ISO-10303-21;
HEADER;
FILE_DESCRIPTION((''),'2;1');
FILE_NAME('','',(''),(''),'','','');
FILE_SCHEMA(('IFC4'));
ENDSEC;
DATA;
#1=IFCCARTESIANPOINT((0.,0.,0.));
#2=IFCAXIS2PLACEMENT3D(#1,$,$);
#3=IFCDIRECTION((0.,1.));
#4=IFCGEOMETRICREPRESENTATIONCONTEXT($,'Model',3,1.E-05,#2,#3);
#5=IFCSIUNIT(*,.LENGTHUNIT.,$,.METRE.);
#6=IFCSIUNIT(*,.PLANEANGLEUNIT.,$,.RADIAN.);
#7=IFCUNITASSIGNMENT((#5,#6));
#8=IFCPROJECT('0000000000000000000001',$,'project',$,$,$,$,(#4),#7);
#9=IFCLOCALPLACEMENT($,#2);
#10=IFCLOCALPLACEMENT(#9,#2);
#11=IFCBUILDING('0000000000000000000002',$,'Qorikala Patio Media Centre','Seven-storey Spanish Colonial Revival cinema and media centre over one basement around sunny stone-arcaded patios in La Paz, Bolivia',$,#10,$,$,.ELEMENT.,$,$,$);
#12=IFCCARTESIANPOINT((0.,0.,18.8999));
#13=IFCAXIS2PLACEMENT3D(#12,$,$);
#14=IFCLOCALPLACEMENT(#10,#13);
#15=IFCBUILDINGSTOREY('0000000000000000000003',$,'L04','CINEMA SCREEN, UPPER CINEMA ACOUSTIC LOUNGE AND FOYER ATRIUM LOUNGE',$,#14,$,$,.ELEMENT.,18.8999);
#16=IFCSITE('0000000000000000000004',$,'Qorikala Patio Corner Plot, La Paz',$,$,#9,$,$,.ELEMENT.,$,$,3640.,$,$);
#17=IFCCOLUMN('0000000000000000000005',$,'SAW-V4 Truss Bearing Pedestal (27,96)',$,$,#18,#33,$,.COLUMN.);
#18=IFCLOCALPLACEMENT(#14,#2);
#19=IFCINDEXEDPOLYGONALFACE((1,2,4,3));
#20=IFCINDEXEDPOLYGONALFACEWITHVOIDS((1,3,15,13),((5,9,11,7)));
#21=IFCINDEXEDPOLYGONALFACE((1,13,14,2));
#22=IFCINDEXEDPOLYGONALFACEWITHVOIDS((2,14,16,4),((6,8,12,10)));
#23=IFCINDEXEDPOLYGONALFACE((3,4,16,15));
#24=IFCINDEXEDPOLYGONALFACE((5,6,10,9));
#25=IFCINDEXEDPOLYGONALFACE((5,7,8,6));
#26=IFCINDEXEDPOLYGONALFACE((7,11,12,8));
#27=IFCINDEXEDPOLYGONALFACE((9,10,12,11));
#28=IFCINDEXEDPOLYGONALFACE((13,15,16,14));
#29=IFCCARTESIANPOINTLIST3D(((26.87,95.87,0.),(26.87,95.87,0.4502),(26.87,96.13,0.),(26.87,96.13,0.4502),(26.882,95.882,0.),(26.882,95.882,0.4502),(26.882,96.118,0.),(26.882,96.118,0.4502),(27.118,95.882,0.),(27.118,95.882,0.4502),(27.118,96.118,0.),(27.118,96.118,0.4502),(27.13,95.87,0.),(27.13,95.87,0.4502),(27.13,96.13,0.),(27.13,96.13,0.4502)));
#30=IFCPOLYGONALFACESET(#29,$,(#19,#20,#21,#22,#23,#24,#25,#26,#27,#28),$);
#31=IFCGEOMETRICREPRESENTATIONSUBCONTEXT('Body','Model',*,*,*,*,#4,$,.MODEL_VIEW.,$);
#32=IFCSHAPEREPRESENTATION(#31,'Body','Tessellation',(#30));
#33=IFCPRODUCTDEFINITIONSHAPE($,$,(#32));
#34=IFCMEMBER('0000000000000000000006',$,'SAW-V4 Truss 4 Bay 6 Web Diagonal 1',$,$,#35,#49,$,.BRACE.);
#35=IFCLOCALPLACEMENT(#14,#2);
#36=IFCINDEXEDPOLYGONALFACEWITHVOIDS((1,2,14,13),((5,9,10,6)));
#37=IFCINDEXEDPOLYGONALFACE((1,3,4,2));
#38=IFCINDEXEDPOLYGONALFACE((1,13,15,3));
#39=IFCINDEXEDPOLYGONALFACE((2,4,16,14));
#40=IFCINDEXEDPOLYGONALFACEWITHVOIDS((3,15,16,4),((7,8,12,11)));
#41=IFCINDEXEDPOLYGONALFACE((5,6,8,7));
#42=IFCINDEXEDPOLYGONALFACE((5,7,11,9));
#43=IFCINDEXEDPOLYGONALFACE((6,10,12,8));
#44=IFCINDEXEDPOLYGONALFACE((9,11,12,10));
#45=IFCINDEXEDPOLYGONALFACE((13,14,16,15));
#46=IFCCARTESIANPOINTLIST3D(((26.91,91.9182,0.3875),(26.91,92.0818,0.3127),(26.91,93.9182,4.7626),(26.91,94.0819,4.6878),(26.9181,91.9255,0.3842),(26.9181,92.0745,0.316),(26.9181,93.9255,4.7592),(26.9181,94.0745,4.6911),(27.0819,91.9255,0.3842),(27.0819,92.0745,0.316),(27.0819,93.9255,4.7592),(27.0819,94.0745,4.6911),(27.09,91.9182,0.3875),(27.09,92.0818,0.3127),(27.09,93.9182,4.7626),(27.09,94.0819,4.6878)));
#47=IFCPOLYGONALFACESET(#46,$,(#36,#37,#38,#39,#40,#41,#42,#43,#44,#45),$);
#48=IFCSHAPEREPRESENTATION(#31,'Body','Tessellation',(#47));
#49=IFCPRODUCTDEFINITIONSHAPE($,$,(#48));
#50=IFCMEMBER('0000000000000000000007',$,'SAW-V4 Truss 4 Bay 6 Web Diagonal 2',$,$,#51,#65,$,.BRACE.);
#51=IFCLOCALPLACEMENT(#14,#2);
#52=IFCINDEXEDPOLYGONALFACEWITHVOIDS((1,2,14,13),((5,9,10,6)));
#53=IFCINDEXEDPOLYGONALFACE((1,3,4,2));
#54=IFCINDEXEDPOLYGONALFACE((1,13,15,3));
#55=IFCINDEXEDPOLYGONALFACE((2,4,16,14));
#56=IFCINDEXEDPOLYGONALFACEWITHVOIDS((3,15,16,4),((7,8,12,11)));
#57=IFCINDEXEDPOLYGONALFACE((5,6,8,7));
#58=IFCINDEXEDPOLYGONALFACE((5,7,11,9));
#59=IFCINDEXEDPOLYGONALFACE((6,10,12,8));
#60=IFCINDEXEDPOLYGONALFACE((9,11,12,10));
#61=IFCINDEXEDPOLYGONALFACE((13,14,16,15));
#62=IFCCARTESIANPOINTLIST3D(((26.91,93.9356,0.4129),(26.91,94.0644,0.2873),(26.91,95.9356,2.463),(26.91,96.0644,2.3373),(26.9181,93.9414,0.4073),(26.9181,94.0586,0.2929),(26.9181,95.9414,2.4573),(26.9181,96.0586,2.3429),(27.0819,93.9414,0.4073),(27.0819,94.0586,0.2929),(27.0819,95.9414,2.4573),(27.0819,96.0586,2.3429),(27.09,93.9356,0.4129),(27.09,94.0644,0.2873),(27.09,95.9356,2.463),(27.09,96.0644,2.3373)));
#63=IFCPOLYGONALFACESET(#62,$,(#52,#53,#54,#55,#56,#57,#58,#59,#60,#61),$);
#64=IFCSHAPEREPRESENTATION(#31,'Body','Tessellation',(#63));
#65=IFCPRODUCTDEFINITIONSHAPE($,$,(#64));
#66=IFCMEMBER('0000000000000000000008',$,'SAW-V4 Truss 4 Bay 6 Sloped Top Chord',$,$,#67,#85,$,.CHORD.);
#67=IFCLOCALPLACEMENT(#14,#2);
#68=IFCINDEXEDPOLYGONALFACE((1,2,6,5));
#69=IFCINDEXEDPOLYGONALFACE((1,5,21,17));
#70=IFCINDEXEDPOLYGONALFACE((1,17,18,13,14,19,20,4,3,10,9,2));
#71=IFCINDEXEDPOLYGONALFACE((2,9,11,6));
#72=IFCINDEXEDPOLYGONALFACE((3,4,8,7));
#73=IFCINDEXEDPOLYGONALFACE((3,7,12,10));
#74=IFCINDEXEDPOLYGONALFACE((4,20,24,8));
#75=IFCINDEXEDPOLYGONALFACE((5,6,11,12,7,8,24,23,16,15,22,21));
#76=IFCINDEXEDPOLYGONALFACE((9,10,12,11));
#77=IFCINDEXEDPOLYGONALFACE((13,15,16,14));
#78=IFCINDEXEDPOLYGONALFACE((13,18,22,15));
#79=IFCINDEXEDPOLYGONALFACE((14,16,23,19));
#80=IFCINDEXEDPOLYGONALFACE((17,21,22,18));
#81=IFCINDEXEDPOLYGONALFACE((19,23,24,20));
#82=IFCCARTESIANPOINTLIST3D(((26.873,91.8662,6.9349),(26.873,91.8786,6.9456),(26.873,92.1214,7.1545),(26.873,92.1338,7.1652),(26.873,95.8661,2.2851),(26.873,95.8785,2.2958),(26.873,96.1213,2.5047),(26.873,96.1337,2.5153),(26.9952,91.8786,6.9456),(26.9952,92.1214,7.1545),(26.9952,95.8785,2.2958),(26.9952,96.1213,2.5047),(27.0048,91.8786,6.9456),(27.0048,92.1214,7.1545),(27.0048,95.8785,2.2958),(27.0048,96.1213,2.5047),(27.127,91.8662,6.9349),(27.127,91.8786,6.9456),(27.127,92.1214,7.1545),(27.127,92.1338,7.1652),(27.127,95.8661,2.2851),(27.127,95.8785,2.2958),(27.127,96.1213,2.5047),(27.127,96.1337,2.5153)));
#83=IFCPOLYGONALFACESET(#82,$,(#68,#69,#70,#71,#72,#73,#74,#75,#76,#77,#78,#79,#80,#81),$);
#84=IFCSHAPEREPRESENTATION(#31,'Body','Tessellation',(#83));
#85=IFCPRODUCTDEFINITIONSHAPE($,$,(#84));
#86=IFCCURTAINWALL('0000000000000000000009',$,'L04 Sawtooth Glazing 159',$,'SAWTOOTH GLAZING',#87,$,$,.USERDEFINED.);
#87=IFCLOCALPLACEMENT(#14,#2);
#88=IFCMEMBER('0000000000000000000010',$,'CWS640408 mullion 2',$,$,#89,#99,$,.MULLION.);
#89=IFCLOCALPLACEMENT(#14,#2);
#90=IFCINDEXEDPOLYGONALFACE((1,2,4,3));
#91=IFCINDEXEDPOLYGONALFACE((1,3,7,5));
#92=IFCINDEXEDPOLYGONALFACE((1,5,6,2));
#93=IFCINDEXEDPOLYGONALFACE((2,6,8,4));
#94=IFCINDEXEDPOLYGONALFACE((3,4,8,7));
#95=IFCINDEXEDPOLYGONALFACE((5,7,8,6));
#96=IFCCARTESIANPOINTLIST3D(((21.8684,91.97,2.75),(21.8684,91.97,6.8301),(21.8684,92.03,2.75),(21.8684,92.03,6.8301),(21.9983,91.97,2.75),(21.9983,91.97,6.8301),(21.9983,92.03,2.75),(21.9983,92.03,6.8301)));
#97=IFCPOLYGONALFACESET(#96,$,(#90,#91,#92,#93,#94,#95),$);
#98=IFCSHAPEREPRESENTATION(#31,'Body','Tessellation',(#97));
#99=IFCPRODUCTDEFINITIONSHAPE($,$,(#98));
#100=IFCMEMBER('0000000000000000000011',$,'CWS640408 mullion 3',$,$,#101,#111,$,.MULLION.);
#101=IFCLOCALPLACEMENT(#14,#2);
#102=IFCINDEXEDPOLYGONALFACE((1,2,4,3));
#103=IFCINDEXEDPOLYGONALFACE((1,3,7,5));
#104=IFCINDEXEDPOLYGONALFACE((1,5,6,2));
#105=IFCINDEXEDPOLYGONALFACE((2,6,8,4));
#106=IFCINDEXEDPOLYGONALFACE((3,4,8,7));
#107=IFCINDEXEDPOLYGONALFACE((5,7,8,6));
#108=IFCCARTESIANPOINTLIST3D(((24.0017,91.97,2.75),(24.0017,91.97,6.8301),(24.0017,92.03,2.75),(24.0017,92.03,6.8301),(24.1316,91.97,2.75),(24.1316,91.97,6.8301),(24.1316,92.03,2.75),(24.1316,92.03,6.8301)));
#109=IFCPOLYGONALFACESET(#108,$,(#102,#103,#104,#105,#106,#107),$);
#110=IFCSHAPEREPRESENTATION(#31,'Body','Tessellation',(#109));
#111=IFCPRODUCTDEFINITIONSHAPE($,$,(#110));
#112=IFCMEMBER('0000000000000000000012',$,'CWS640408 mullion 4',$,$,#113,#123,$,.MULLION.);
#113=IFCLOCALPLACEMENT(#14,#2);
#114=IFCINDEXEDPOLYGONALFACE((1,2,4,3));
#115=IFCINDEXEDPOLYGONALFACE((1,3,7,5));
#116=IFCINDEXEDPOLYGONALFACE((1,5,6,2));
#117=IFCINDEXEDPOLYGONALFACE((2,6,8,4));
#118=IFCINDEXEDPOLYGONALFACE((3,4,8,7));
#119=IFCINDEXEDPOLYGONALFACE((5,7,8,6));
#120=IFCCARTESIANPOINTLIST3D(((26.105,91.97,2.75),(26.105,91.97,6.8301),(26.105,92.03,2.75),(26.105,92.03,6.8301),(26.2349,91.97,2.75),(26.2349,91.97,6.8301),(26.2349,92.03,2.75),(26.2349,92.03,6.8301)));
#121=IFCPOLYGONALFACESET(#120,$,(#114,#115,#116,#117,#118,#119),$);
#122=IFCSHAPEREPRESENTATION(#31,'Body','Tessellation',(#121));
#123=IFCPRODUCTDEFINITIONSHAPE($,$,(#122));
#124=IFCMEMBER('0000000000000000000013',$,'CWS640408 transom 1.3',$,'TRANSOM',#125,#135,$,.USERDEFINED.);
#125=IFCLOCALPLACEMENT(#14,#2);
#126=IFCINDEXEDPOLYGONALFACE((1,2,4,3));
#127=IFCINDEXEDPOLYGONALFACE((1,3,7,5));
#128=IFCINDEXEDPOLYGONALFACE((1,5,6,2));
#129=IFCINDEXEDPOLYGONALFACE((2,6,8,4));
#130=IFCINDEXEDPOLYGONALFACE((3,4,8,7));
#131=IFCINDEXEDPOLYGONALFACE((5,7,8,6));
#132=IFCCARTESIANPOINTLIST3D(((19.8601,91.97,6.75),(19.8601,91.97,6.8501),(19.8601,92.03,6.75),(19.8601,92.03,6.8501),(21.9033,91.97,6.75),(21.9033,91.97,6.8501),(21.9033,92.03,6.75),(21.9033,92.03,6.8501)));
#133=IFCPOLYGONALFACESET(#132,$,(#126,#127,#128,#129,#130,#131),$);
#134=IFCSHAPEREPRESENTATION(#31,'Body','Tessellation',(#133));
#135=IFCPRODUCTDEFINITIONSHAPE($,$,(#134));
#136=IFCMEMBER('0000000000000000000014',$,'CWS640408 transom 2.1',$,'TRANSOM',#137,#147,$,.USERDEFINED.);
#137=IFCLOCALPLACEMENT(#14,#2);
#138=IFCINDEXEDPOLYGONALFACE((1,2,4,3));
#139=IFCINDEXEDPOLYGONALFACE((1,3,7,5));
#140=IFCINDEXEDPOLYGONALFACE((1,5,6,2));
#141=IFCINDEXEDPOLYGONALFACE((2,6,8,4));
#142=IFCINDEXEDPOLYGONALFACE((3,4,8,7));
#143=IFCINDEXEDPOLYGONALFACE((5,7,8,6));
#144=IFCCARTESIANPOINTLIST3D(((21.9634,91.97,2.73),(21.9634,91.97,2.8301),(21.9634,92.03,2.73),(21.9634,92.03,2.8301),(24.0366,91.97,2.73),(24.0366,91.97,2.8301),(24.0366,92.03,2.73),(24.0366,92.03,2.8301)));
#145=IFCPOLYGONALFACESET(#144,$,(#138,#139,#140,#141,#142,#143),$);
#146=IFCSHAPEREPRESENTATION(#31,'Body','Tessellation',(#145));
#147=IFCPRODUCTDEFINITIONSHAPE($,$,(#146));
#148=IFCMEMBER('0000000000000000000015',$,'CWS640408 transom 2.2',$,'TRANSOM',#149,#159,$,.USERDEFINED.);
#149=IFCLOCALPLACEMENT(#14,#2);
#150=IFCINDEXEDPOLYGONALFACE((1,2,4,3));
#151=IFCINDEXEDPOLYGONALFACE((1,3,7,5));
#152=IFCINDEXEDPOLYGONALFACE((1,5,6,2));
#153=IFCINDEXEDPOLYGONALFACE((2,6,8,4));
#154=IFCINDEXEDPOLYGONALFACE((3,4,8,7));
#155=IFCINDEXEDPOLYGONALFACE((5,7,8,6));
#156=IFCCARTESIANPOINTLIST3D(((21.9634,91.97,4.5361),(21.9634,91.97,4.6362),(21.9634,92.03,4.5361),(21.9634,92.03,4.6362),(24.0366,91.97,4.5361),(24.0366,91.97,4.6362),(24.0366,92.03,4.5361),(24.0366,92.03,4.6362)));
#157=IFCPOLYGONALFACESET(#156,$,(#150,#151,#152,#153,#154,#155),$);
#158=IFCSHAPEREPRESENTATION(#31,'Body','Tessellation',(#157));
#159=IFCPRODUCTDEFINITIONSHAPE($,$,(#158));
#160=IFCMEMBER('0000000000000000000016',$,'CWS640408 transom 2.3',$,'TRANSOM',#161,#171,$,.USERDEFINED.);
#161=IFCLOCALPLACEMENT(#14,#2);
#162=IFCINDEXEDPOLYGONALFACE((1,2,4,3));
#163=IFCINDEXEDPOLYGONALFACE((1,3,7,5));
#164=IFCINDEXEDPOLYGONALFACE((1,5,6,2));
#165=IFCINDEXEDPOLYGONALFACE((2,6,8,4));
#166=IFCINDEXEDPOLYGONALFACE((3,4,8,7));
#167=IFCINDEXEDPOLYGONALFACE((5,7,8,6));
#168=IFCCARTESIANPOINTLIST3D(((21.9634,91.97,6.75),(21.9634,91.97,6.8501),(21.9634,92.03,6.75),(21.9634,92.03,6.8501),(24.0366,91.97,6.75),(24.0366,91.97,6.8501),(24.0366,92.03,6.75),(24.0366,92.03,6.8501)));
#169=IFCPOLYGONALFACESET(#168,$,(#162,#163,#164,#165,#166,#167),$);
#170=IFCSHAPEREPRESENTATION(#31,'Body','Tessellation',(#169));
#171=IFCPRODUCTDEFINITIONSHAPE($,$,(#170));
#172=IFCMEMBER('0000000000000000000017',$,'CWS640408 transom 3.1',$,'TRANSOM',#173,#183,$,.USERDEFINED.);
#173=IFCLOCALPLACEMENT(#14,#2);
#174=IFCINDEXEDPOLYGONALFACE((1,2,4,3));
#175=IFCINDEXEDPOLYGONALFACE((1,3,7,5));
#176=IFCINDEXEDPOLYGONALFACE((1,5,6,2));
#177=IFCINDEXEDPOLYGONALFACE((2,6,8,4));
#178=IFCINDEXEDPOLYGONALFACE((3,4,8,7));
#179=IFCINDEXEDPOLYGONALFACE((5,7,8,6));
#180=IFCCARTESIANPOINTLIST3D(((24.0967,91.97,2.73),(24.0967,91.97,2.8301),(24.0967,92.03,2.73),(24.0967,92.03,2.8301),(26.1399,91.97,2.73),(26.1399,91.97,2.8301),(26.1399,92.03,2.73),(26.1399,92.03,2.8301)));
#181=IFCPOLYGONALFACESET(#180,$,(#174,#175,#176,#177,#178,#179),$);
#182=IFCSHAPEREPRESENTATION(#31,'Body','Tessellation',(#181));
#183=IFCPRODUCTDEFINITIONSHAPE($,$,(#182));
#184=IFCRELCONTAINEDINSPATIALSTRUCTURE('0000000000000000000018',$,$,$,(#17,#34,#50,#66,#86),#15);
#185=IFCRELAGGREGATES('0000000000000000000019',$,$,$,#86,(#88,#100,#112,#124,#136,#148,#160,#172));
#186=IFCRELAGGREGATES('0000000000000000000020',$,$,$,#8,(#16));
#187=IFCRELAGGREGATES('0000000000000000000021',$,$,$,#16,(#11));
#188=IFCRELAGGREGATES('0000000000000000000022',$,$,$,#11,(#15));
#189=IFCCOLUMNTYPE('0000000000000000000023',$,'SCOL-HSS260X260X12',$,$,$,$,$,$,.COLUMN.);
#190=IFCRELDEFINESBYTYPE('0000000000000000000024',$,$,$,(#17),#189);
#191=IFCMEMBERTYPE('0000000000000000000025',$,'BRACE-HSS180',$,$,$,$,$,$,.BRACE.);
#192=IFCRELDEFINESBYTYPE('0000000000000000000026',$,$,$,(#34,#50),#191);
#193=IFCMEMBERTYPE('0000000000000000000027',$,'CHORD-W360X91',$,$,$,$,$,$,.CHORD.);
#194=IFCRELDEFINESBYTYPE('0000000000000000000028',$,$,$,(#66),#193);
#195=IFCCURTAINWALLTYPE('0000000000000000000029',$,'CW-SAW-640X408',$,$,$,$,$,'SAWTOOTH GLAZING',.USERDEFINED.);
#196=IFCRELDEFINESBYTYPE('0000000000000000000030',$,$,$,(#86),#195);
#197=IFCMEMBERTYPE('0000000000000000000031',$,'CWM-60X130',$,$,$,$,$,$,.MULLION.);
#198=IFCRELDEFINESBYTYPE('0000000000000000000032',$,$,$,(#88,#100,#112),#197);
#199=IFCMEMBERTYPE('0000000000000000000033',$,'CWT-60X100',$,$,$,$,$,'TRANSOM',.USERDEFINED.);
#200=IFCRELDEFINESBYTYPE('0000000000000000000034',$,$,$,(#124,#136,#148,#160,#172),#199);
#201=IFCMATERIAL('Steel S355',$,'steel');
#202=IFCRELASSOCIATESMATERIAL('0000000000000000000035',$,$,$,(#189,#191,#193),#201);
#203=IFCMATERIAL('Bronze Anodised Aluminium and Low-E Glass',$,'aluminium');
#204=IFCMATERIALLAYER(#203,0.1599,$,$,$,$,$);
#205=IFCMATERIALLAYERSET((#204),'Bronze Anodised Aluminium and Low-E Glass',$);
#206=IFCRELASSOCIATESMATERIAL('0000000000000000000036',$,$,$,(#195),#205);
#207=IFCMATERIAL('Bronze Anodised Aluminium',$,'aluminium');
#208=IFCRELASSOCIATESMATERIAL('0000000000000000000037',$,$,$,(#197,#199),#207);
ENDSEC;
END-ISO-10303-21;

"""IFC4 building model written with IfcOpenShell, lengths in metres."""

from ifc_helpers import new_model, si_unit, direction, frame, origin, origin_2d, place, context, subcontext, project, spatial, rectangle, hollow_rectangle, i_section, extrude, material, layer, layer_set, material_profile, profile_set, type_object, element, aggregate, save


model = new_model("IFC4")

# Units and contexts
model_context = context("Model", 3, precision=1e-05, world=origin(), true_north=direction((0.0, 1.0)))
body_context = subcontext(model_context, "Body", "Model", "MODEL_VIEW")
ifc_project = project(units=[si_unit("LENGTHUNIT", "METRE"), si_unit("PLANEANGLEUNIT", "RADIAN")], contexts=[model_context])

# Site, building, storey
site_placement = place(None, origin())
site = spatial("IfcSite", under=ifc_project, at=site_placement, Name="Qorikala Patio Corner Plot, La Paz", CompositionType="ELEMENT", RefElevation=3640.0)
building_placement = place(site_placement, origin())
building = spatial("IfcBuilding", under=site, at=building_placement, Name="Qorikala Patio Media Centre", Description="Seven-storey Spanish Colonial Revival cinema and media centre over one basement around sunny stone-arcaded patios in La Paz, Bolivia", CompositionType="ELEMENT")
storey_placement = place(building_placement, frame((0.0, 0.0, 18.8999)))
storey = spatial("IfcBuildingStorey", under=building, at=storey_placement, Name="L04", Description="CINEMA SCREEN, UPPER CINEMA ACOUSTIC LOUNGE AND FOYER ATRIUM LOUNGE", CompositionType="ELEMENT", Elevation=18.8999)

# Column
ifc_material_1 = material(Name="Steel S355", Category="steel")
ifc_material_profile_1 = material_profile(ifc_material_1, hollow_rectangle(XDim=0.26, YDim=0.26, WallThickness=0.012, at=origin_2d()), Name="HSS260X260X12")
ifc_profile_set_1 = profile_set([ifc_material_profile_1], Name="Steel S355")
column_type = type_object("IfcColumnType", Name="SCOL-HSS260X260X12", PredefinedType="COLUMN", material=ifc_profile_set_1)
column_placement = place(storey_placement, frame((27.0, 96.0, 0.0), z_axis=(0.0, 0.0, 1.0), x_axis=(1.0, 0.0, 0.0)))
element("IfcColumn", 1, at=column_placement, inside=storey, type_object=column_type, Name="SAW-V4 Truss Bearing Pedestal (27,96)", PredefinedType="COLUMN", context=body_context, shape_type="SweptSolid", body=[
    extrude(hollow_rectangle(XDim=0.26, YDim=0.26, WallThickness=0.012, at=origin_2d()), origin(), (0.0, 0.0, 1.0), 0.4502),
])

# Members
ifc_material_profile_2 = material_profile(ifc_material_1, hollow_rectangle(XDim=0.1799, YDim=0.1799, WallThickness=0.0081, at=origin_2d()), Name="HSS180X180X8")
ifc_profile_set_2 = profile_set([ifc_material_profile_2], Name="Steel S355")
member_type_1 = type_object("IfcMemberType", Name="BRACE-HSS180", PredefinedType="BRACE", material=ifc_profile_set_2)
member_1_placement = place(storey_placement, frame((27.0, 92.0, 0.3501), z_axis=(0.0, 0.41576, 0.909474), x_axis=(-1.0, 0.0, 0.0)))
element("IfcMember", 2, at=member_1_placement, inside=storey, type_object=member_type_1, Name="SAW-V4 Truss 4 Bay 6 Web Diagonal 1", PredefinedType="BRACE", context=body_context, shape_type="SweptSolid", body=[
    extrude(hollow_rectangle(XDim=0.1799, YDim=0.1799, WallThickness=0.0081, at=origin_2d()), origin(), (0.0, 0.0, 1.0), 4.8105),
])
member_2_placement = place(storey_placement, frame((27.0, 94.0, 0.3501), z_axis=(0.0, 0.698315, 0.71579), x_axis=(-1.0, 0.0, 0.0)))
element("IfcMember", 3, at=member_2_placement, inside=storey, type_object=member_type_1, Name="SAW-V4 Truss 4 Bay 6 Web Diagonal 2", PredefinedType="BRACE", context=body_context, shape_type="SweptSolid", body=[
    extrude(hollow_rectangle(XDim=0.1799, YDim=0.1799, WallThickness=0.0081, at=origin_2d()), origin(), (0.0, 0.0, 1.0), 2.864),
])
ifc_material_profile_3 = material_profile(ifc_material_1, i_section(OverallWidth=0.2539, OverallDepth=0.353, WebThickness=0.0095, FlangeThickness=0.0164, at=origin_2d()), Name="W360X91")
ifc_profile_set_3 = profile_set([ifc_material_profile_3], Name="Steel S355")
member_type_2 = type_object("IfcMemberType", Name="CHORD-W360X91", PredefinedType="CHORD", material=ifc_profile_set_3)
member_3_placement = place(storey_placement, frame((27.0, 92.0, 7.05), z_axis=(0.0, 0.652141, -0.758098), x_axis=(-1.0, 0.0, 0.0)))
element("IfcMember", 4, at=member_3_placement, inside=storey, type_object=member_type_2, Name="SAW-V4 Truss 4 Bay 6 Sloped Top Chord", PredefinedType="CHORD", context=body_context, shape_type="SweptSolid", body=[
    extrude(i_section(OverallWidth=0.2539, OverallDepth=0.353, WebThickness=0.0095, FlangeThickness=0.0164, at=origin_2d()), origin(), (0.0, 0.0, 1.0), 6.1335),
])

# Curtain wall, members
ifc_material_2 = material(Name="Bronze Anodised Aluminium and Low-E Glass", Category="aluminium")
ifc_layer_1 = layer(ifc_material_2, 0.1599)
ifc_layer_set_1 = layer_set([ifc_layer_1], Name="Bronze Anodised Aluminium and Low-E Glass")
curtain_wall_type = type_object("IfcCurtainWallType", Name="CW-SAW-640X408", ElementType="SAWTOOTH GLAZING", PredefinedType="USERDEFINED", material=ifc_layer_set_1)
curtain_wall_placement = place(storey_placement, origin())
curtain_wall = element("IfcCurtainWall", 5, at=curtain_wall_placement, inside=storey, type_object=curtain_wall_type, Name="L04 Sawtooth Glazing 159", ObjectType="SAWTOOTH GLAZING", PredefinedType="USERDEFINED")
ifc_material_3 = material(Name="Bronze Anodised Aluminium", Category="aluminium")
ifc_material_profile_4 = material_profile(ifc_material_3, rectangle(XDim=0.0601, YDim=0.1299, at=origin_2d()), Name="ALU MULLION 60x130")
ifc_profile_set_4 = profile_set([ifc_material_profile_4], Name="Bronze Anodised Aluminium")
member_type_3 = type_object("IfcMemberType", Name="CWM-60X130", PredefinedType="MULLION", material=ifc_profile_set_4)
member_4_placement = place(storey_placement, frame((21.9333, 92.0, 2.75), z_axis=(0.0, 0.0, 1.0), x_axis=(0.0, 1.0, 0.0)))
member_4 = element("IfcMember", 6, at=member_4_placement, type_object=member_type_3, Name="CWS640408 mullion 2", PredefinedType="MULLION", context=body_context, shape_type="SweptSolid", body=[
    extrude(rectangle(XDim=0.0601, YDim=0.1299, at=origin_2d()), origin(), (0.0, 0.0, 1.0), 4.0801),
])
member_5_placement = place(storey_placement, frame((24.0667, 92.0, 2.75), z_axis=(0.0, 0.0, 1.0), x_axis=(0.0, 1.0, 0.0)))
member_5 = element("IfcMember", 7, at=member_5_placement, type_object=member_type_3, Name="CWS640408 mullion 3", PredefinedType="MULLION", context=body_context, shape_type="SweptSolid", body=[
    extrude(rectangle(XDim=0.0601, YDim=0.1299, at=origin_2d()), origin(), (0.0, 0.0, 1.0), 4.0801),
])
member_6_placement = place(storey_placement, frame((26.1699, 92.0, 2.75), z_axis=(0.0, 0.0, 1.0), x_axis=(0.0, 1.0, 0.0)))
member_6 = element("IfcMember", 8, at=member_6_placement, type_object=member_type_3, Name="CWS640408 mullion 4", PredefinedType="MULLION", context=body_context, shape_type="SweptSolid", body=[
    extrude(rectangle(XDim=0.0601, YDim=0.1299, at=origin_2d()), origin(), (0.0, 0.0, 1.0), 4.0801),
])
ifc_material_profile_5 = material_profile(ifc_material_3, rectangle(XDim=0.0601, YDim=0.1001, at=origin_2d()), Name="ALU TRANSOM 60x100")
ifc_profile_set_5 = profile_set([ifc_material_profile_5], Name="Bronze Anodised Aluminium")
member_type_4 = type_object("IfcMemberType", Name="CWT-60X100", ElementType="TRANSOM", PredefinedType="USERDEFINED", material=ifc_profile_set_5)
member_7_placement = place(storey_placement, frame((19.8601, 92.0, 6.8), z_axis=(1.0, 0.0, 0.0), x_axis=(0.0, 1.0, 0.0)))
member_7 = element("IfcMember", 9, at=member_7_placement, type_object=member_type_4, Name="CWS640408 transom 1.3", ObjectType="TRANSOM", PredefinedType="USERDEFINED", context=body_context, shape_type="SweptSolid", body=[
    extrude(rectangle(XDim=0.0601, YDim=0.1001, at=origin_2d()), origin(), (0.0, 0.0, 1.0), 2.0432),
])
member_8_placement = place(storey_placement, frame((21.9634, 92.0, 2.78), z_axis=(1.0, 0.0, 0.0), x_axis=(0.0, 1.0, 0.0)))
member_8 = element("IfcMember", 10, at=member_8_placement, type_object=member_type_4, Name="CWS640408 transom 2.1", ObjectType="TRANSOM", PredefinedType="USERDEFINED", context=body_context, shape_type="SweptSolid", body=[
    extrude(rectangle(XDim=0.0601, YDim=0.1001, at=origin_2d()), origin(), (0.0, 0.0, 1.0), 2.0732),
])
member_9_placement = place(storey_placement, frame((21.9634, 92.0, 4.5862), z_axis=(1.0, 0.0, 0.0), x_axis=(0.0, 1.0, 0.0)))
member_9 = element("IfcMember", 11, at=member_9_placement, type_object=member_type_4, Name="CWS640408 transom 2.2", ObjectType="TRANSOM", PredefinedType="USERDEFINED", context=body_context, shape_type="SweptSolid", body=[
    extrude(rectangle(XDim=0.0601, YDim=0.1001, at=origin_2d()), origin(), (0.0, 0.0, 1.0), 2.0732),
])
member_10_placement = place(storey_placement, frame((21.9634, 92.0, 6.8), z_axis=(1.0, 0.0, 0.0), x_axis=(0.0, 1.0, 0.0)))
member_10 = element("IfcMember", 12, at=member_10_placement, type_object=member_type_4, Name="CWS640408 transom 2.3", ObjectType="TRANSOM", PredefinedType="USERDEFINED", context=body_context, shape_type="SweptSolid", body=[
    extrude(rectangle(XDim=0.0601, YDim=0.1001, at=origin_2d()), origin(), (0.0, 0.0, 1.0), 2.0732),
])
member_11_placement = place(storey_placement, frame((24.0967, 92.0, 2.78), z_axis=(1.0, 0.0, 0.0), x_axis=(0.0, 1.0, 0.0)))
member_11 = element("IfcMember", 13, at=member_11_placement, type_object=member_type_4, Name="CWS640408 transom 3.1", ObjectType="TRANSOM", PredefinedType="USERDEFINED", context=body_context, shape_type="SweptSolid", body=[
    extrude(rectangle(XDim=0.0601, YDim=0.1001, at=origin_2d()), origin(), (0.0, 0.0, 1.0), 2.0432),
])

aggregate(curtain_wall, [member_4, member_5, member_6, member_7, member_8, member_9, member_10, member_11])

save(model, "model.ifc")
